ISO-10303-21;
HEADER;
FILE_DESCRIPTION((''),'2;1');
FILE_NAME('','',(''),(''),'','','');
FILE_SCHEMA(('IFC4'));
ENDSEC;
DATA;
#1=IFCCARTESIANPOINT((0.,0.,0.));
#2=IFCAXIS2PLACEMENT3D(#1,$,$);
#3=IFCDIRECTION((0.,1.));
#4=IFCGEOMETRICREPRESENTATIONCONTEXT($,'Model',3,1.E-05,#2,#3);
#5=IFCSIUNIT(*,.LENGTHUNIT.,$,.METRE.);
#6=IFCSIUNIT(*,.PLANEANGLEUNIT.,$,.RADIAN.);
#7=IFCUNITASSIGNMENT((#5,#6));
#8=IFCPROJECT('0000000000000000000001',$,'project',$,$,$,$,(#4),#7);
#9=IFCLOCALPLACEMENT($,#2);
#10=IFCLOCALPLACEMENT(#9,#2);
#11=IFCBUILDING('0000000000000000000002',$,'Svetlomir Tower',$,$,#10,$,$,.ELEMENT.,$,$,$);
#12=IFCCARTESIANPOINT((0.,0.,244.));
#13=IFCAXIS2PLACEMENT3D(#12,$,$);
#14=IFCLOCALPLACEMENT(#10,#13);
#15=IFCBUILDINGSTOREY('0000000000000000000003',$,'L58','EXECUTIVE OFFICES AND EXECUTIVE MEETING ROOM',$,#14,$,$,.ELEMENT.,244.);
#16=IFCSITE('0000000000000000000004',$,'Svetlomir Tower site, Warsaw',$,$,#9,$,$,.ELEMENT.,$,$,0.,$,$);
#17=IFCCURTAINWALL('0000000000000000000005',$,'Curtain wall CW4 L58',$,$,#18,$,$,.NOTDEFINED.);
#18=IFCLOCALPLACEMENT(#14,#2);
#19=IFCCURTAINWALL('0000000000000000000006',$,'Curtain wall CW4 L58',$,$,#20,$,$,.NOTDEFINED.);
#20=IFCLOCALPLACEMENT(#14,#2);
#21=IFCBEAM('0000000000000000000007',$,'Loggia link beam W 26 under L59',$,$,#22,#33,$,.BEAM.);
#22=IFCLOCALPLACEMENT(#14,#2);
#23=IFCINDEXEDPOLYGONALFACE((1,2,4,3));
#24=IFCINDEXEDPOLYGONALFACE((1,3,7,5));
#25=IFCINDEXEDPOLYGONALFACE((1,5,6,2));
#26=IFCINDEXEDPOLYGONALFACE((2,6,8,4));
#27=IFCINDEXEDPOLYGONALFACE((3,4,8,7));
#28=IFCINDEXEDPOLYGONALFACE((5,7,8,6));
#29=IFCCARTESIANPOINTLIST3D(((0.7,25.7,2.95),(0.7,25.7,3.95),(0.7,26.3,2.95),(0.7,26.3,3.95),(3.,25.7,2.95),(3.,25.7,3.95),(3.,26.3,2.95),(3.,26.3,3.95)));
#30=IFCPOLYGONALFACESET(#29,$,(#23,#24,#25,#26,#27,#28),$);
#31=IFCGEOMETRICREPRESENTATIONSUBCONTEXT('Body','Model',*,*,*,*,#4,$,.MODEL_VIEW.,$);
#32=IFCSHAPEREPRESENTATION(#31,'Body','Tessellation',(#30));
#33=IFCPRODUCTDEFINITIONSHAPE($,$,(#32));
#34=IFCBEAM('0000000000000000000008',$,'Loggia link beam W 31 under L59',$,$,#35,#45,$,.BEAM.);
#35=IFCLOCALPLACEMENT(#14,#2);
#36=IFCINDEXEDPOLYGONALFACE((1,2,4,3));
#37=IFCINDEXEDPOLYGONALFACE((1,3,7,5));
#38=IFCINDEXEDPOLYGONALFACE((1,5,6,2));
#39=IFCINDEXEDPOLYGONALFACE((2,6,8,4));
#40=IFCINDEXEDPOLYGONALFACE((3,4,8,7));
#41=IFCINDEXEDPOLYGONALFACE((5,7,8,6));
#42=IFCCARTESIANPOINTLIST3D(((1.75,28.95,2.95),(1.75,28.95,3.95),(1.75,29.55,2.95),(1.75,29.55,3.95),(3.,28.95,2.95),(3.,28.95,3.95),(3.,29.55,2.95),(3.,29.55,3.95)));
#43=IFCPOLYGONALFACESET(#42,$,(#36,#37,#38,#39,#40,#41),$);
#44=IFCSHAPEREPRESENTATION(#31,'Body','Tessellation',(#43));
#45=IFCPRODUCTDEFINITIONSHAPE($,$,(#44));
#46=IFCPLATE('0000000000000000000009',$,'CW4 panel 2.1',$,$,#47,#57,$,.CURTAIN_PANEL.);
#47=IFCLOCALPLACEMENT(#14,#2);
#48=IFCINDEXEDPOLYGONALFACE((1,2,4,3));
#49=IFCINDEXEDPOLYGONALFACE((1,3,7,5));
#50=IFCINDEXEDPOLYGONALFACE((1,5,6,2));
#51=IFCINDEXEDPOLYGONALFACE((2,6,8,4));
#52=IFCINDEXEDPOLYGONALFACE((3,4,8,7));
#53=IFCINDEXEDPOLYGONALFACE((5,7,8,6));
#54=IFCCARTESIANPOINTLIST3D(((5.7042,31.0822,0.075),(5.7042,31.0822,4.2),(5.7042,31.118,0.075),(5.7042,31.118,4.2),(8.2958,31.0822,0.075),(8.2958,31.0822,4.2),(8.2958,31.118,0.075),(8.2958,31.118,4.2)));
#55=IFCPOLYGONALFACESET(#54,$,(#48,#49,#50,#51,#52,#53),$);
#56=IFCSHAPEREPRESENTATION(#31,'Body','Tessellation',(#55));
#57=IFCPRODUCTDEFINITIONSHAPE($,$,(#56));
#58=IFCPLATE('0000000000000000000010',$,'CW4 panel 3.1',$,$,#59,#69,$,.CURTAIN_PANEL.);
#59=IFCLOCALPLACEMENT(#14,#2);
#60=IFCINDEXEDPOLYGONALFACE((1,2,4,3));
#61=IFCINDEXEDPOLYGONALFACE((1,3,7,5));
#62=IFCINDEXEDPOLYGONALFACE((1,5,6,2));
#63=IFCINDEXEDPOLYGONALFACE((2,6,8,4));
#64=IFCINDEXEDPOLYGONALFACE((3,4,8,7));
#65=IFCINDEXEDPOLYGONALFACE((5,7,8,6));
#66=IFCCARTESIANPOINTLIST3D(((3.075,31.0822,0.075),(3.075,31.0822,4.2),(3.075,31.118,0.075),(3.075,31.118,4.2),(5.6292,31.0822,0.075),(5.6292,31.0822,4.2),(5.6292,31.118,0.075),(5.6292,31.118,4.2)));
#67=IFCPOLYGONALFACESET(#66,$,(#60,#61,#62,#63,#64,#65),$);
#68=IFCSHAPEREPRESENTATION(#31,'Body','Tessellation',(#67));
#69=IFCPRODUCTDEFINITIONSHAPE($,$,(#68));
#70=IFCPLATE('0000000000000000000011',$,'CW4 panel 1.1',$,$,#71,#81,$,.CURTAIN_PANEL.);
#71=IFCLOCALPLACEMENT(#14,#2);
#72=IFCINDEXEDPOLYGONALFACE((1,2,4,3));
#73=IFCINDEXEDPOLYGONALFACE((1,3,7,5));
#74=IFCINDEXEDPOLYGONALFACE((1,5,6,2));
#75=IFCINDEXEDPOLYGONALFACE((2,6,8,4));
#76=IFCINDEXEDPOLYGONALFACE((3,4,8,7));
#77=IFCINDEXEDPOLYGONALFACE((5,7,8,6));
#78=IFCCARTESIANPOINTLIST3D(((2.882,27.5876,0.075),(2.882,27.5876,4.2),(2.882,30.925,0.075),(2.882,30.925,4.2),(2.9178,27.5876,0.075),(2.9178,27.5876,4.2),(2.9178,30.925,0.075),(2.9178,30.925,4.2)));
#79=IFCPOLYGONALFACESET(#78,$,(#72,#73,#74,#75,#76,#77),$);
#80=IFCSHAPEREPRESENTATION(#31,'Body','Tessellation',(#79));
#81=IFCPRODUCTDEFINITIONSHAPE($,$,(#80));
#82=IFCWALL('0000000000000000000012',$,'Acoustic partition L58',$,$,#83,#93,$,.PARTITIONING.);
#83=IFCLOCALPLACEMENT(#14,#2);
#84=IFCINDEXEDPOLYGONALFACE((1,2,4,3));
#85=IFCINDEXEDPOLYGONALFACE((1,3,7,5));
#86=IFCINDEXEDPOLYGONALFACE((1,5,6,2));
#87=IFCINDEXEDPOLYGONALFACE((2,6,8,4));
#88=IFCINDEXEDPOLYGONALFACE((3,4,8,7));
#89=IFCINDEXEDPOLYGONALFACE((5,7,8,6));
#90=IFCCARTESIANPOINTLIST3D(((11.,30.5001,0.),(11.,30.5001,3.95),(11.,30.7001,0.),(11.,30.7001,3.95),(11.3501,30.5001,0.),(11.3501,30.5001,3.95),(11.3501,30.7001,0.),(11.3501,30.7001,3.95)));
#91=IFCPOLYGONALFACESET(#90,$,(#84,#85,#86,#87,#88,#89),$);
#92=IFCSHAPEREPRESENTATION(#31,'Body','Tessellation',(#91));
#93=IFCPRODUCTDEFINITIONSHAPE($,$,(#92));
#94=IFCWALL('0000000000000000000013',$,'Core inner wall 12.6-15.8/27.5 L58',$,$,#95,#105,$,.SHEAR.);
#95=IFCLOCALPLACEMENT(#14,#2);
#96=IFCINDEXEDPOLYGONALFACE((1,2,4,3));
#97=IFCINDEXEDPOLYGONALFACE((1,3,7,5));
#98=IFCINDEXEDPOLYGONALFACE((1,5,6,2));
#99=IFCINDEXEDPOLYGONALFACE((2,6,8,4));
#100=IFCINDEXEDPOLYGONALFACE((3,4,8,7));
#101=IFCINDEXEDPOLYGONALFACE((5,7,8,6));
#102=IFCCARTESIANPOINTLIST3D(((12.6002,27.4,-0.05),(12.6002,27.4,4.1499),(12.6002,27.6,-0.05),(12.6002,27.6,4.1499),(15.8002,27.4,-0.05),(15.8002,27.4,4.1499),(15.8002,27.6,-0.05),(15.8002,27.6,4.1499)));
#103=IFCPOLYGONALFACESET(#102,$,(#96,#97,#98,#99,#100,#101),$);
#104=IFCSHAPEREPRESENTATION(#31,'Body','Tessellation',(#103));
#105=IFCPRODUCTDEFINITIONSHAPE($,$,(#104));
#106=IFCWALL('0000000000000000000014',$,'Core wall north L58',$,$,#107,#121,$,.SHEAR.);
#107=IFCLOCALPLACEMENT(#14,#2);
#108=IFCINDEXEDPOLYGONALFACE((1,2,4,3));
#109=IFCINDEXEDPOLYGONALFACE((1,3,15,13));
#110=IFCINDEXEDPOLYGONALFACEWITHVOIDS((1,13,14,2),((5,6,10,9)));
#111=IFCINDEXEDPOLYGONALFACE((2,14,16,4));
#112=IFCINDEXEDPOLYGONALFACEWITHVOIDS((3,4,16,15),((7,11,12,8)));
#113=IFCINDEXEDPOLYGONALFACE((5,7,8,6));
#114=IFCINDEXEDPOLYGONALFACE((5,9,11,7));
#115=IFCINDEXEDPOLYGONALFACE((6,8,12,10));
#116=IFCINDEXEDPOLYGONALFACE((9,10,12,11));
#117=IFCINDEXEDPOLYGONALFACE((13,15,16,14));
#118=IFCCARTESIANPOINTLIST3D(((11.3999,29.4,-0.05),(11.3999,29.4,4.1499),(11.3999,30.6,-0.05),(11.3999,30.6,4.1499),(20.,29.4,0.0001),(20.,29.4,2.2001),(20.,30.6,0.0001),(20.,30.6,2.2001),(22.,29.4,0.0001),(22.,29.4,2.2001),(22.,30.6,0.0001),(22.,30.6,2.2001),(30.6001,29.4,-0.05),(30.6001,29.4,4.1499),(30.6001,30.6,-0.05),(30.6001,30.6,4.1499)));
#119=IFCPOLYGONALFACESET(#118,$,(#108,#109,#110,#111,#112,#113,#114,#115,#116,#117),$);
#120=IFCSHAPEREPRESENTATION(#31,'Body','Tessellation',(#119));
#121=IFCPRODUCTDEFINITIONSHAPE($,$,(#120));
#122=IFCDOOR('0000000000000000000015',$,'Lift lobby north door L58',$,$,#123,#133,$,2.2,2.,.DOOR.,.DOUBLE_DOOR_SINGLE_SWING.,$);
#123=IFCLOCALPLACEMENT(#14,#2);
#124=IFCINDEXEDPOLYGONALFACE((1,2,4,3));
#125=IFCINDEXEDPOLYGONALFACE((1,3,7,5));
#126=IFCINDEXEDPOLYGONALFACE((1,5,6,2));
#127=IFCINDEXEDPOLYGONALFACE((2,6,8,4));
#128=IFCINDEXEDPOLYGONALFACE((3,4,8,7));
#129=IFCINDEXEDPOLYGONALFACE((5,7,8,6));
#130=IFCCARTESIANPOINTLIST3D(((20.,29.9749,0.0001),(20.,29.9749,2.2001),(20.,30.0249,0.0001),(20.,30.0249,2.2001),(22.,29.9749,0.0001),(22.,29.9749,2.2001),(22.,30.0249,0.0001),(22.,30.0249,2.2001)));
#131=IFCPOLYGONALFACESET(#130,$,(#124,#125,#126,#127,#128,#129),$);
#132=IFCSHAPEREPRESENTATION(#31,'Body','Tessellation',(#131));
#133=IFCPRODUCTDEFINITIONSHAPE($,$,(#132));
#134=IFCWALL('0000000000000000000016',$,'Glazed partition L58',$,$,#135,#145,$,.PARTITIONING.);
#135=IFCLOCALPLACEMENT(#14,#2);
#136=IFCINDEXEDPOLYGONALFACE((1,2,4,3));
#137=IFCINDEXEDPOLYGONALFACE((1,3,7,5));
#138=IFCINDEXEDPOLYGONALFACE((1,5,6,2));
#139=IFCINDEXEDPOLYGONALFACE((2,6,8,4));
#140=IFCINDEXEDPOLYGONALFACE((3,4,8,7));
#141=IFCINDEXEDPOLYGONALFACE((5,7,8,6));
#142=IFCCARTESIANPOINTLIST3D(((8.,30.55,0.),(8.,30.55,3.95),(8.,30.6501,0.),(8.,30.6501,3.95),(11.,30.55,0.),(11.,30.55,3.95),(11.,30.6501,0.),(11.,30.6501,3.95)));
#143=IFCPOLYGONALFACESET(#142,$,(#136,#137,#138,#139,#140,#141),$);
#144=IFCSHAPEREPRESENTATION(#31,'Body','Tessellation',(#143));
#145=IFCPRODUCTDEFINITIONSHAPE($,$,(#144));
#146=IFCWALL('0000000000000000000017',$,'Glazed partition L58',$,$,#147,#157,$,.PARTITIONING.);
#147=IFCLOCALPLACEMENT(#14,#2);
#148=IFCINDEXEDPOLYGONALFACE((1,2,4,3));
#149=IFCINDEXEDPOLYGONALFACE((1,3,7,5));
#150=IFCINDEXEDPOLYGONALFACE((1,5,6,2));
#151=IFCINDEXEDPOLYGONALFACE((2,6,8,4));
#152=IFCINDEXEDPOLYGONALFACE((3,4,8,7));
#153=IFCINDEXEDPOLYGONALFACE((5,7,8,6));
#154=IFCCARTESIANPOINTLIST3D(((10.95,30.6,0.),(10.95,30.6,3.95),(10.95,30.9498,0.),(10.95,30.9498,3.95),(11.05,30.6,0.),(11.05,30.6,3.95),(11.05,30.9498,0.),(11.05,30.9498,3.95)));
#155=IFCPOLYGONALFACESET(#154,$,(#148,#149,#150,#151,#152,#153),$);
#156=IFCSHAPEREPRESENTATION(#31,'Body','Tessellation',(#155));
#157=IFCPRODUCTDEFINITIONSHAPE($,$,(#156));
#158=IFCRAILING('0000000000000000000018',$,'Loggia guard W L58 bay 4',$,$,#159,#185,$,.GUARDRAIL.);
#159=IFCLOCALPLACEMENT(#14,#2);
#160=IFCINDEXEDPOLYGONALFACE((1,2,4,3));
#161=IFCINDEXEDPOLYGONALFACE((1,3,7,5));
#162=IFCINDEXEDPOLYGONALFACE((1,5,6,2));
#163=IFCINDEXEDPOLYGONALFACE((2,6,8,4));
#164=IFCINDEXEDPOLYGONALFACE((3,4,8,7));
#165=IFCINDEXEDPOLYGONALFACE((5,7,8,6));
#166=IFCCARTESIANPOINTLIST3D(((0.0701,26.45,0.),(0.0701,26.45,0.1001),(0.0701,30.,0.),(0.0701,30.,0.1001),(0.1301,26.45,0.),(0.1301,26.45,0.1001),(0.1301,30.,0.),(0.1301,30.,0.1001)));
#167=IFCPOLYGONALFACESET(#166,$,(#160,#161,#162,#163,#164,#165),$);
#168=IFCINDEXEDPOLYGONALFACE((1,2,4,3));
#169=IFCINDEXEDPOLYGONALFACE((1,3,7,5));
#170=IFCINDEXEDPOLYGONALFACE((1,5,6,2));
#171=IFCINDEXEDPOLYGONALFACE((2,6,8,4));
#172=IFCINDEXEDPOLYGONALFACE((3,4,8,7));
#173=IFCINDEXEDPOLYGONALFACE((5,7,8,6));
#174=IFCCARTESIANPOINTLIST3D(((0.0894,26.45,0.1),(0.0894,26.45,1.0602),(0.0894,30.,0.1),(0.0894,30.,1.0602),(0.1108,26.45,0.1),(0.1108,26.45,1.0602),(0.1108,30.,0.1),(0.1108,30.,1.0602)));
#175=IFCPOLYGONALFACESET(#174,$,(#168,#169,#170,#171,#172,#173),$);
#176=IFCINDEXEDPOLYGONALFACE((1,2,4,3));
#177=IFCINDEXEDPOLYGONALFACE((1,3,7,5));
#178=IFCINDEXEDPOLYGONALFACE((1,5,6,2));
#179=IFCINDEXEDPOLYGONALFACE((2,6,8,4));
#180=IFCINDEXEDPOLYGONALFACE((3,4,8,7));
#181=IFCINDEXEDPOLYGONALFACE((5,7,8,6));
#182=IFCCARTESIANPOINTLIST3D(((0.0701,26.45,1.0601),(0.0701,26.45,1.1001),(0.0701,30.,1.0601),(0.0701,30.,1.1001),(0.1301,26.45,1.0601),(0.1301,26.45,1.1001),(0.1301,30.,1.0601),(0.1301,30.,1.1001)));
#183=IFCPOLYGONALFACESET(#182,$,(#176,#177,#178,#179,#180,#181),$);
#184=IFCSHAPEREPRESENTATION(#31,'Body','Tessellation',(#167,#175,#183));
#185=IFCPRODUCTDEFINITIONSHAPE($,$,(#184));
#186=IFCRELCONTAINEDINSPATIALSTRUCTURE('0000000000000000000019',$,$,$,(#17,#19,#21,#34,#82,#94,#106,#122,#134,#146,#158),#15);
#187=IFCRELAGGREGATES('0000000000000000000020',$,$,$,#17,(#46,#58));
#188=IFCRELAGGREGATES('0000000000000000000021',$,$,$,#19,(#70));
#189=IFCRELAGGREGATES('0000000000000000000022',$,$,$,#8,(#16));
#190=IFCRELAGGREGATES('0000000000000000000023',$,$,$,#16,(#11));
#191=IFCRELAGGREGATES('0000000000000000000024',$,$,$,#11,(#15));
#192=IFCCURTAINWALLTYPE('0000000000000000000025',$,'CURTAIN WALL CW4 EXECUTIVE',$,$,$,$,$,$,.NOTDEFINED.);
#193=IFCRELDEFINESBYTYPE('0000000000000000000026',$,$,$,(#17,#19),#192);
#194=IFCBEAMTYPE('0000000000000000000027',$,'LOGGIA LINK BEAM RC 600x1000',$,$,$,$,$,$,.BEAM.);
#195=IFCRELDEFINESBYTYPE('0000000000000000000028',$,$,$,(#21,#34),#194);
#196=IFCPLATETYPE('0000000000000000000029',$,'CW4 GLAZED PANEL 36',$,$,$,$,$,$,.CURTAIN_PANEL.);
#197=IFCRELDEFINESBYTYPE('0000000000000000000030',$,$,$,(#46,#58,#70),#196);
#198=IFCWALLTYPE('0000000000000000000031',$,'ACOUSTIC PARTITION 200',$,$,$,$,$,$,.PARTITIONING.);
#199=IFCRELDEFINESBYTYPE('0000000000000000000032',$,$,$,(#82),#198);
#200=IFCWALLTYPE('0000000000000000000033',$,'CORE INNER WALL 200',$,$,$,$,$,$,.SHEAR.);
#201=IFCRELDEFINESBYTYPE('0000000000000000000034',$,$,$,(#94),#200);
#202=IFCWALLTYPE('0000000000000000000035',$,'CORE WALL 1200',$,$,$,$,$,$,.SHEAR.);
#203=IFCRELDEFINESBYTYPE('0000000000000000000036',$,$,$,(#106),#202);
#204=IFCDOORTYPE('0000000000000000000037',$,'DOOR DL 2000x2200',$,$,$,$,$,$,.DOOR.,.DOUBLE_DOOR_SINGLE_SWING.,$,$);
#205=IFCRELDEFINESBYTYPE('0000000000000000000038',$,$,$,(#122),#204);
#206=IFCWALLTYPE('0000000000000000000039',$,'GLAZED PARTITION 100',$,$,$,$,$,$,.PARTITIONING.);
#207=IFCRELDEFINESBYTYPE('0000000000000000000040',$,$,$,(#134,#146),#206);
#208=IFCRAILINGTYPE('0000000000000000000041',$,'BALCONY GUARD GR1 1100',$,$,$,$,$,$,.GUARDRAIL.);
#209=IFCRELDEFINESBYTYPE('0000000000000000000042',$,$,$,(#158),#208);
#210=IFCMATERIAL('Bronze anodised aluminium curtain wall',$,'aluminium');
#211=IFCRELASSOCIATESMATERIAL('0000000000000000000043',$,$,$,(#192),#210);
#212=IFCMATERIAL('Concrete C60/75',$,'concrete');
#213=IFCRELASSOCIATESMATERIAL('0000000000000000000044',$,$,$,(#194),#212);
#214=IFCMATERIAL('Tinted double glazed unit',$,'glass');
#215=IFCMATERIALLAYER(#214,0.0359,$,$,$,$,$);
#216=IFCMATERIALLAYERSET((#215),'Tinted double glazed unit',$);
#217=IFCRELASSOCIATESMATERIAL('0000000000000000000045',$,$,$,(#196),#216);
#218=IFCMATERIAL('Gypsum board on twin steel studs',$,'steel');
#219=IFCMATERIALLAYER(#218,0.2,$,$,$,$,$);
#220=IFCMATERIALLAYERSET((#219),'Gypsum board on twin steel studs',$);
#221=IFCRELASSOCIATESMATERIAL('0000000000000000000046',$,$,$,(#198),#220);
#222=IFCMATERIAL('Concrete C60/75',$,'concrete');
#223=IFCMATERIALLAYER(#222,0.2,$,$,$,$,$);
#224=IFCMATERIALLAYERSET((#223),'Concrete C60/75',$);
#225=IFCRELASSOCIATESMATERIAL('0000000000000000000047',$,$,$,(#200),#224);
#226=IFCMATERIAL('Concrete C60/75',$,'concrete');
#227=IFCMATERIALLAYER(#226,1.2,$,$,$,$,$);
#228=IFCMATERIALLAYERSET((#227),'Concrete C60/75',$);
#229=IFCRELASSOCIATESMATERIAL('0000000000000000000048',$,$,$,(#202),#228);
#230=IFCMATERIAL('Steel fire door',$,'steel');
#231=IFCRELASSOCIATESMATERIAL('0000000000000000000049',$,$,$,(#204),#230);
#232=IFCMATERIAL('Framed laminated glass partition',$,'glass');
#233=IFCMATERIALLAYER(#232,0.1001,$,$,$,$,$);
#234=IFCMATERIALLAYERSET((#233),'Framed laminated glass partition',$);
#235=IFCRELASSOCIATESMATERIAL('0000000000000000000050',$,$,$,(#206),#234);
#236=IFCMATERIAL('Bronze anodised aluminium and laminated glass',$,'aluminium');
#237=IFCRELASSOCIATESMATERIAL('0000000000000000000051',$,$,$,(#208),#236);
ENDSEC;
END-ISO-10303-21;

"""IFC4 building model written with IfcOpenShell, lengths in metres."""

from ifc_helpers import new_model, si_unit, direction, frame, frame_2d, origin, origin_2d, place, context, subcontext, project, spatial, rectangle, extrude, material, layer, layer_set, material_profile, profile_set, type_object, element, fill, aggregate, save


model = new_model("IFC4")

# Units and contexts
model_context = context("Model", 3, precision=1e-05, world=origin(), true_north=direction((0.0, 1.0)))
body_context = subcontext(model_context, "Body", "Model", "MODEL_VIEW")
ifc_project = project(units=[si_unit("LENGTHUNIT", "METRE"), si_unit("PLANEANGLEUNIT", "RADIAN")], contexts=[model_context])

# Site, building, storey
site_placement = place(None, origin())
site = spatial("IfcSite", under=ifc_project, at=site_placement, Name="Svetlomir Tower site, Warsaw", CompositionType="ELEMENT", RefElevation=0.0)
building_placement = place(site_placement, origin())
building = spatial("IfcBuilding", under=site, at=building_placement, Name="Svetlomir Tower", CompositionType="ELEMENT")
storey_placement = place(building_placement, frame((0.0, 0.0, 244.0)))
storey = spatial("IfcBuildingStorey", under=building, at=storey_placement, Name="L58", Description="EXECUTIVE OFFICES AND EXECUTIVE MEETING ROOM", CompositionType="ELEMENT", Elevation=244.0)

# Shared definitions
ifc_material_1 = material(Name="Bronze anodised aluminium curtain wall", Category="aluminium")
curtain_wall_type = type_object("IfcCurtainWallType", Name="CURTAIN WALL CW4 EXECUTIVE", PredefinedType="NOTDEFINED", material=ifc_material_1)

# Curtain walls
curtain_wall_1_placement = place(storey_placement, origin())
curtain_wall_1 = element("IfcCurtainWall", 1, at=curtain_wall_1_placement, inside=storey, type_object=curtain_wall_type, Name="Curtain wall CW4 L58", PredefinedType="NOTDEFINED")
curtain_wall_2_placement = place(storey_placement, origin())
curtain_wall_2 = element("IfcCurtainWall", 2, at=curtain_wall_2_placement, inside=storey, type_object=curtain_wall_type, Name="Curtain wall CW4 L58", PredefinedType="NOTDEFINED")

# Beams
ifc_material_2 = material(Name="Concrete C60/75", Category="concrete")
ifc_material_profile_1 = material_profile(ifc_material_2, rectangle(XDim=0.6001, YDim=1.0, at=origin_2d()), Name="RC 600x1000")
ifc_profile_set_1 = profile_set([ifc_material_profile_1], Name="Concrete C60/75")
beam_type_1 = type_object("IfcBeamType", Name="LOGGIA LINK BEAM RC 600x1000", PredefinedType="BEAM", material=ifc_profile_set_1)
beam_1_placement = place(storey_placement, frame((0.7, 26.0, 3.45), z_axis=(1.0, 0.0, 0.0), x_axis=(0.0, 1.0, 0.0)))
element("IfcBeam", 3, at=beam_1_placement, inside=storey, type_object=beam_type_1, Name="Loggia link beam W 26 under L59", PredefinedType="BEAM", context=body_context, shape_type="SweptSolid", body=[
    extrude(rectangle(XDim=0.6001, YDim=1.0, at=origin_2d()), origin(), (0.0, 0.0, 1.0), 2.3),
])
beam_2_placement = place(storey_placement, frame((1.75, 29.25, 3.45), z_axis=(1.0, 0.0, 0.0), x_axis=(0.0, 1.0, 0.0)))
element("IfcBeam", 4, at=beam_2_placement, inside=storey, type_object=beam_type_1, Name="Loggia link beam W 31 under L59", PredefinedType="BEAM", context=body_context, shape_type="SweptSolid", body=[
    extrude(rectangle(XDim=0.6001, YDim=1.0, at=origin_2d()), origin(), (0.0, 0.0, 1.0), 1.25),
])

# Plates
ifc_material_3 = material(Name="Tinted double glazed unit", Category="glass")
ifc_layer_1 = layer(ifc_material_3, 0.0359)
ifc_layer_set_1 = layer_set([ifc_layer_1], Name="Tinted double glazed unit")
plate_type = type_object("IfcPlateType", Name="CW4 GLAZED PANEL 36", PredefinedType="CURTAIN_PANEL", material=ifc_layer_set_1)
plate_1_placement = place(storey_placement, frame((7.0, 31.1001, 0.075), z_axis=(0.0, 0.0, 1.0), x_axis=(-1.0, 0.0, 0.0)))
plate_1 = element("IfcPlate", 5, at=plate_1_placement, type_object=plate_type, Name="CW4 panel 2.1", PredefinedType="CURTAIN_PANEL", context=body_context, shape_type="SweptSolid", body=[
    extrude(rectangle(XDim=2.5916, YDim=0.0359, at=origin_2d()), origin(), (0.0, 0.0, 1.0), 4.125),
])
plate_2_placement = place(storey_placement, frame((4.3521, 31.1001, 0.075), z_axis=(0.0, 0.0, 1.0), x_axis=(-1.0, 0.0, 0.0)))
plate_2 = element("IfcPlate", 6, at=plate_2_placement, type_object=plate_type, Name="CW4 panel 3.1", PredefinedType="CURTAIN_PANEL", context=body_context, shape_type="SweptSolid", body=[
    extrude(rectangle(XDim=2.5542, YDim=0.0359, at=origin_2d()), origin(), (0.0, 0.0, 1.0), 4.125),
])
aggregate(curtain_wall_1, [plate_1, plate_2])
plate_3_placement = place(storey_placement, frame((2.8999, 29.2563, 0.075), z_axis=(0.0, 0.0, 1.0), x_axis=(0.0, -1.0, 0.0)))
plate_3 = element("IfcPlate", 7, at=plate_3_placement, type_object=plate_type, Name="CW4 panel 1.1", PredefinedType="CURTAIN_PANEL", context=body_context, shape_type="SweptSolid", body=[
    extrude(rectangle(XDim=3.3374, YDim=0.0359, at=origin_2d()), origin(), (0.0, 0.0, 1.0), 4.125),
])
aggregate(curtain_wall_2, [plate_3])

# Walls
ifc_material_4 = material(Name="Gypsum board on twin steel studs", Category="steel")
ifc_layer_2 = layer(ifc_material_4, 0.2)
ifc_layer_set_2 = layer_set([ifc_layer_2], Name="Gypsum board on twin steel studs")
wall_type_1 = type_object("IfcWallType", Name="ACOUSTIC PARTITION 200", PredefinedType="PARTITIONING", material=ifc_layer_set_2)
wall_1_placement = place(storey_placement, frame((11.0, 30.6001, 0.0), z_axis=(0.0, 0.0, 1.0), x_axis=(1.0, 0.0, 0.0)))
element("IfcWall", 8, at=wall_1_placement, inside=storey, type_object=wall_type_1, Name="Acoustic partition L58", PredefinedType="PARTITIONING", context=body_context, shape_type="SweptSolid", body=[
    extrude(rectangle(XDim=0.3501, YDim=0.2, at=frame_2d((0.175, 0.0))), origin(), (0.0, 0.0, 1.0), 3.95),
])
ifc_material_5 = material(Name="Concrete C60/75", Category="concrete")
ifc_layer_3 = layer(ifc_material_5, 0.2)
ifc_layer_set_3 = layer_set([ifc_layer_3], Name="Concrete C60/75")
wall_type_2 = type_object("IfcWallType", Name="CORE INNER WALL 200", PredefinedType="SHEAR", material=ifc_layer_set_3)
wall_2_placement = place(storey_placement, frame((12.6001, 27.5, -0.05), z_axis=(0.0, 0.0, 1.0), x_axis=(1.0, 0.0, 0.0)))
element("IfcWall", 9, at=wall_2_placement, inside=storey, type_object=wall_type_2, Name="Core inner wall 12.6-15.8/27.5 L58", PredefinedType="SHEAR", context=body_context, shape_type="SweptSolid", body=[
    extrude(rectangle(XDim=3.2, YDim=0.2, at=frame_2d((1.6001, 0.0))), origin(), (0.0, 0.0, 1.0), 4.2),
])

# Wall, opening, door
ifc_material_6 = material(Name="Concrete C60/75", Category="concrete")
ifc_layer_4 = layer(ifc_material_6, 1.2)
ifc_layer_set_4 = layer_set([ifc_layer_4], Name="Concrete C60/75")
wall_type_3 = type_object("IfcWallType", Name="CORE WALL 1200", PredefinedType="SHEAR", material=ifc_layer_set_4)
wall_3_placement = place(storey_placement, frame((11.3999, 30.0, -0.05), z_axis=(0.0, 0.0, 1.0), x_axis=(1.0, 0.0, 0.0)))
wall_3 = element("IfcWall", 10, at=wall_3_placement, inside=storey, type_object=wall_type_3, Name="Core wall north L58", PredefinedType="SHEAR", context=body_context, shape_type="SweptSolid", body=[
    extrude(rectangle(XDim=19.2002, YDim=1.2, at=frame_2d((9.6001, 0.0))), origin(), (0.0, 0.0, 1.0), 4.2),
])
opening_placement = place(wall_3_placement, frame((8.6001, 0.0, 0.05)))
opening = element("IfcOpeningElement", 11, at=opening_placement, cuts=wall_3, PredefinedType="OPENING", context=body_context, shape_type="SweptSolid", body=[
    extrude(rectangle(XDim=2.0, YDim=2.2, at=frame_2d((1.0, 1.1001))), frame((0.0, 0.6099, 0.0), z_axis=(0.0, -1.0, 0.0), x_axis=(1.0, 0.0, 0.0)), (0.0, 0.0, 1.0), 1.22),
])
ifc_material_7 = material(Name="Steel fire door", Category="steel")
door_type = type_object("IfcDoorType", Name="DOOR DL 2000x2200", OperationType="DOUBLE_DOOR_SINGLE_SWING", PredefinedType="DOOR", material=ifc_material_7)
door_placement = place(opening_placement, origin())
door = element("IfcDoor", 12, at=door_placement, inside=storey, type_object=door_type, Name="Lift lobby north door L58", OperationType="DOUBLE_DOOR_SINGLE_SWING", OverallHeight=2.2, OverallWidth=2.0, PredefinedType="DOOR", context=body_context, shape_type="SweptSolid", body=[
    extrude(rectangle(XDim=2.0, YDim=2.2, at=frame_2d((1.0, 1.1001))), frame((0.0, 0.0249, 0.0), z_axis=(0.0, -1.0, 0.0), x_axis=(1.0, 0.0, 0.0)), (0.0, 0.0, 1.0), 0.05),
])
fill(opening, door)

# Walls
ifc_material_8 = material(Name="Framed laminated glass partition", Category="glass")
ifc_layer_5 = layer(ifc_material_8, 0.1001)
ifc_layer_set_5 = layer_set([ifc_layer_5], Name="Framed laminated glass partition")
wall_type_4 = type_object("IfcWallType", Name="GLAZED PARTITION 100", PredefinedType="PARTITIONING", material=ifc_layer_set_5)
wall_4_placement = place(storey_placement, frame((8.0, 30.6001, 0.0), z_axis=(0.0, 0.0, 1.0), x_axis=(1.0, 0.0, 0.0)))
element("IfcWall", 13, at=wall_4_placement, inside=storey, type_object=wall_type_4, Name="Glazed partition L58", PredefinedType="PARTITIONING", context=body_context, shape_type="SweptSolid", body=[
    extrude(rectangle(XDim=3.0, YDim=0.1001, at=frame_2d((1.5, 0.0))), origin(), (0.0, 0.0, 1.0), 3.95),
])
wall_5_placement = place(storey_placement, frame((11.0, 30.6001, 0.0), z_axis=(0.0, 0.0, 1.0), x_axis=(0.0, 1.0, 0.0)))
element("IfcWall", 14, at=wall_5_placement, inside=storey, type_object=wall_type_4, Name="Glazed partition L58", PredefinedType="PARTITIONING", context=body_context, shape_type="SweptSolid", body=[
    extrude(rectangle(XDim=0.3499, YDim=0.1001, at=frame_2d((0.1748, 0.0))), origin(), (0.0, 0.0, 1.0), 3.95),
])

# Railing
ifc_material_9 = material(Name="Bronze anodised aluminium and laminated glass", Category="aluminium")
railing_type = type_object("IfcRailingType", Name="BALCONY GUARD GR1 1100", PredefinedType="GUARDRAIL", material=ifc_material_9)
railing_1_placement = place(storey_placement, frame((0.1001, 26.45, 0.0)))
element("IfcRailing", 15, at=railing_1_placement, inside=storey, type_object=railing_type, Name="Loggia guard W L58 bay 4", PredefinedType="GUARDRAIL", context=body_context, shape_type="SweptSolid", body=[
    extrude(rectangle(XDim=0.0601, YDim=0.1001, at=origin_2d()), frame((0.0, 0.0, 0.05), z_axis=(0.0, 1.0, 0.0), x_axis=(-1.0, 0.0, 0.0)), (0.0, 0.0, 1.0), 3.55),
    extrude(rectangle(XDim=0.0215, YDim=0.9602, at=origin_2d()), frame((0.0, 0.0, 0.5801), z_axis=(0.0, 1.0, 0.0), x_axis=(-1.0, 0.0, 0.0)), (0.0, 0.0, 1.0), 3.55),
    extrude(rectangle(XDim=0.0601, YDim=0.04, at=origin_2d()), frame((0.0, 0.0, 1.0801), z_axis=(0.0, 1.0, 0.0), x_axis=(-1.0, 0.0, 0.0)), (0.0, 0.0, 1.0), 3.55),
])

save(model, "model.ifc")
